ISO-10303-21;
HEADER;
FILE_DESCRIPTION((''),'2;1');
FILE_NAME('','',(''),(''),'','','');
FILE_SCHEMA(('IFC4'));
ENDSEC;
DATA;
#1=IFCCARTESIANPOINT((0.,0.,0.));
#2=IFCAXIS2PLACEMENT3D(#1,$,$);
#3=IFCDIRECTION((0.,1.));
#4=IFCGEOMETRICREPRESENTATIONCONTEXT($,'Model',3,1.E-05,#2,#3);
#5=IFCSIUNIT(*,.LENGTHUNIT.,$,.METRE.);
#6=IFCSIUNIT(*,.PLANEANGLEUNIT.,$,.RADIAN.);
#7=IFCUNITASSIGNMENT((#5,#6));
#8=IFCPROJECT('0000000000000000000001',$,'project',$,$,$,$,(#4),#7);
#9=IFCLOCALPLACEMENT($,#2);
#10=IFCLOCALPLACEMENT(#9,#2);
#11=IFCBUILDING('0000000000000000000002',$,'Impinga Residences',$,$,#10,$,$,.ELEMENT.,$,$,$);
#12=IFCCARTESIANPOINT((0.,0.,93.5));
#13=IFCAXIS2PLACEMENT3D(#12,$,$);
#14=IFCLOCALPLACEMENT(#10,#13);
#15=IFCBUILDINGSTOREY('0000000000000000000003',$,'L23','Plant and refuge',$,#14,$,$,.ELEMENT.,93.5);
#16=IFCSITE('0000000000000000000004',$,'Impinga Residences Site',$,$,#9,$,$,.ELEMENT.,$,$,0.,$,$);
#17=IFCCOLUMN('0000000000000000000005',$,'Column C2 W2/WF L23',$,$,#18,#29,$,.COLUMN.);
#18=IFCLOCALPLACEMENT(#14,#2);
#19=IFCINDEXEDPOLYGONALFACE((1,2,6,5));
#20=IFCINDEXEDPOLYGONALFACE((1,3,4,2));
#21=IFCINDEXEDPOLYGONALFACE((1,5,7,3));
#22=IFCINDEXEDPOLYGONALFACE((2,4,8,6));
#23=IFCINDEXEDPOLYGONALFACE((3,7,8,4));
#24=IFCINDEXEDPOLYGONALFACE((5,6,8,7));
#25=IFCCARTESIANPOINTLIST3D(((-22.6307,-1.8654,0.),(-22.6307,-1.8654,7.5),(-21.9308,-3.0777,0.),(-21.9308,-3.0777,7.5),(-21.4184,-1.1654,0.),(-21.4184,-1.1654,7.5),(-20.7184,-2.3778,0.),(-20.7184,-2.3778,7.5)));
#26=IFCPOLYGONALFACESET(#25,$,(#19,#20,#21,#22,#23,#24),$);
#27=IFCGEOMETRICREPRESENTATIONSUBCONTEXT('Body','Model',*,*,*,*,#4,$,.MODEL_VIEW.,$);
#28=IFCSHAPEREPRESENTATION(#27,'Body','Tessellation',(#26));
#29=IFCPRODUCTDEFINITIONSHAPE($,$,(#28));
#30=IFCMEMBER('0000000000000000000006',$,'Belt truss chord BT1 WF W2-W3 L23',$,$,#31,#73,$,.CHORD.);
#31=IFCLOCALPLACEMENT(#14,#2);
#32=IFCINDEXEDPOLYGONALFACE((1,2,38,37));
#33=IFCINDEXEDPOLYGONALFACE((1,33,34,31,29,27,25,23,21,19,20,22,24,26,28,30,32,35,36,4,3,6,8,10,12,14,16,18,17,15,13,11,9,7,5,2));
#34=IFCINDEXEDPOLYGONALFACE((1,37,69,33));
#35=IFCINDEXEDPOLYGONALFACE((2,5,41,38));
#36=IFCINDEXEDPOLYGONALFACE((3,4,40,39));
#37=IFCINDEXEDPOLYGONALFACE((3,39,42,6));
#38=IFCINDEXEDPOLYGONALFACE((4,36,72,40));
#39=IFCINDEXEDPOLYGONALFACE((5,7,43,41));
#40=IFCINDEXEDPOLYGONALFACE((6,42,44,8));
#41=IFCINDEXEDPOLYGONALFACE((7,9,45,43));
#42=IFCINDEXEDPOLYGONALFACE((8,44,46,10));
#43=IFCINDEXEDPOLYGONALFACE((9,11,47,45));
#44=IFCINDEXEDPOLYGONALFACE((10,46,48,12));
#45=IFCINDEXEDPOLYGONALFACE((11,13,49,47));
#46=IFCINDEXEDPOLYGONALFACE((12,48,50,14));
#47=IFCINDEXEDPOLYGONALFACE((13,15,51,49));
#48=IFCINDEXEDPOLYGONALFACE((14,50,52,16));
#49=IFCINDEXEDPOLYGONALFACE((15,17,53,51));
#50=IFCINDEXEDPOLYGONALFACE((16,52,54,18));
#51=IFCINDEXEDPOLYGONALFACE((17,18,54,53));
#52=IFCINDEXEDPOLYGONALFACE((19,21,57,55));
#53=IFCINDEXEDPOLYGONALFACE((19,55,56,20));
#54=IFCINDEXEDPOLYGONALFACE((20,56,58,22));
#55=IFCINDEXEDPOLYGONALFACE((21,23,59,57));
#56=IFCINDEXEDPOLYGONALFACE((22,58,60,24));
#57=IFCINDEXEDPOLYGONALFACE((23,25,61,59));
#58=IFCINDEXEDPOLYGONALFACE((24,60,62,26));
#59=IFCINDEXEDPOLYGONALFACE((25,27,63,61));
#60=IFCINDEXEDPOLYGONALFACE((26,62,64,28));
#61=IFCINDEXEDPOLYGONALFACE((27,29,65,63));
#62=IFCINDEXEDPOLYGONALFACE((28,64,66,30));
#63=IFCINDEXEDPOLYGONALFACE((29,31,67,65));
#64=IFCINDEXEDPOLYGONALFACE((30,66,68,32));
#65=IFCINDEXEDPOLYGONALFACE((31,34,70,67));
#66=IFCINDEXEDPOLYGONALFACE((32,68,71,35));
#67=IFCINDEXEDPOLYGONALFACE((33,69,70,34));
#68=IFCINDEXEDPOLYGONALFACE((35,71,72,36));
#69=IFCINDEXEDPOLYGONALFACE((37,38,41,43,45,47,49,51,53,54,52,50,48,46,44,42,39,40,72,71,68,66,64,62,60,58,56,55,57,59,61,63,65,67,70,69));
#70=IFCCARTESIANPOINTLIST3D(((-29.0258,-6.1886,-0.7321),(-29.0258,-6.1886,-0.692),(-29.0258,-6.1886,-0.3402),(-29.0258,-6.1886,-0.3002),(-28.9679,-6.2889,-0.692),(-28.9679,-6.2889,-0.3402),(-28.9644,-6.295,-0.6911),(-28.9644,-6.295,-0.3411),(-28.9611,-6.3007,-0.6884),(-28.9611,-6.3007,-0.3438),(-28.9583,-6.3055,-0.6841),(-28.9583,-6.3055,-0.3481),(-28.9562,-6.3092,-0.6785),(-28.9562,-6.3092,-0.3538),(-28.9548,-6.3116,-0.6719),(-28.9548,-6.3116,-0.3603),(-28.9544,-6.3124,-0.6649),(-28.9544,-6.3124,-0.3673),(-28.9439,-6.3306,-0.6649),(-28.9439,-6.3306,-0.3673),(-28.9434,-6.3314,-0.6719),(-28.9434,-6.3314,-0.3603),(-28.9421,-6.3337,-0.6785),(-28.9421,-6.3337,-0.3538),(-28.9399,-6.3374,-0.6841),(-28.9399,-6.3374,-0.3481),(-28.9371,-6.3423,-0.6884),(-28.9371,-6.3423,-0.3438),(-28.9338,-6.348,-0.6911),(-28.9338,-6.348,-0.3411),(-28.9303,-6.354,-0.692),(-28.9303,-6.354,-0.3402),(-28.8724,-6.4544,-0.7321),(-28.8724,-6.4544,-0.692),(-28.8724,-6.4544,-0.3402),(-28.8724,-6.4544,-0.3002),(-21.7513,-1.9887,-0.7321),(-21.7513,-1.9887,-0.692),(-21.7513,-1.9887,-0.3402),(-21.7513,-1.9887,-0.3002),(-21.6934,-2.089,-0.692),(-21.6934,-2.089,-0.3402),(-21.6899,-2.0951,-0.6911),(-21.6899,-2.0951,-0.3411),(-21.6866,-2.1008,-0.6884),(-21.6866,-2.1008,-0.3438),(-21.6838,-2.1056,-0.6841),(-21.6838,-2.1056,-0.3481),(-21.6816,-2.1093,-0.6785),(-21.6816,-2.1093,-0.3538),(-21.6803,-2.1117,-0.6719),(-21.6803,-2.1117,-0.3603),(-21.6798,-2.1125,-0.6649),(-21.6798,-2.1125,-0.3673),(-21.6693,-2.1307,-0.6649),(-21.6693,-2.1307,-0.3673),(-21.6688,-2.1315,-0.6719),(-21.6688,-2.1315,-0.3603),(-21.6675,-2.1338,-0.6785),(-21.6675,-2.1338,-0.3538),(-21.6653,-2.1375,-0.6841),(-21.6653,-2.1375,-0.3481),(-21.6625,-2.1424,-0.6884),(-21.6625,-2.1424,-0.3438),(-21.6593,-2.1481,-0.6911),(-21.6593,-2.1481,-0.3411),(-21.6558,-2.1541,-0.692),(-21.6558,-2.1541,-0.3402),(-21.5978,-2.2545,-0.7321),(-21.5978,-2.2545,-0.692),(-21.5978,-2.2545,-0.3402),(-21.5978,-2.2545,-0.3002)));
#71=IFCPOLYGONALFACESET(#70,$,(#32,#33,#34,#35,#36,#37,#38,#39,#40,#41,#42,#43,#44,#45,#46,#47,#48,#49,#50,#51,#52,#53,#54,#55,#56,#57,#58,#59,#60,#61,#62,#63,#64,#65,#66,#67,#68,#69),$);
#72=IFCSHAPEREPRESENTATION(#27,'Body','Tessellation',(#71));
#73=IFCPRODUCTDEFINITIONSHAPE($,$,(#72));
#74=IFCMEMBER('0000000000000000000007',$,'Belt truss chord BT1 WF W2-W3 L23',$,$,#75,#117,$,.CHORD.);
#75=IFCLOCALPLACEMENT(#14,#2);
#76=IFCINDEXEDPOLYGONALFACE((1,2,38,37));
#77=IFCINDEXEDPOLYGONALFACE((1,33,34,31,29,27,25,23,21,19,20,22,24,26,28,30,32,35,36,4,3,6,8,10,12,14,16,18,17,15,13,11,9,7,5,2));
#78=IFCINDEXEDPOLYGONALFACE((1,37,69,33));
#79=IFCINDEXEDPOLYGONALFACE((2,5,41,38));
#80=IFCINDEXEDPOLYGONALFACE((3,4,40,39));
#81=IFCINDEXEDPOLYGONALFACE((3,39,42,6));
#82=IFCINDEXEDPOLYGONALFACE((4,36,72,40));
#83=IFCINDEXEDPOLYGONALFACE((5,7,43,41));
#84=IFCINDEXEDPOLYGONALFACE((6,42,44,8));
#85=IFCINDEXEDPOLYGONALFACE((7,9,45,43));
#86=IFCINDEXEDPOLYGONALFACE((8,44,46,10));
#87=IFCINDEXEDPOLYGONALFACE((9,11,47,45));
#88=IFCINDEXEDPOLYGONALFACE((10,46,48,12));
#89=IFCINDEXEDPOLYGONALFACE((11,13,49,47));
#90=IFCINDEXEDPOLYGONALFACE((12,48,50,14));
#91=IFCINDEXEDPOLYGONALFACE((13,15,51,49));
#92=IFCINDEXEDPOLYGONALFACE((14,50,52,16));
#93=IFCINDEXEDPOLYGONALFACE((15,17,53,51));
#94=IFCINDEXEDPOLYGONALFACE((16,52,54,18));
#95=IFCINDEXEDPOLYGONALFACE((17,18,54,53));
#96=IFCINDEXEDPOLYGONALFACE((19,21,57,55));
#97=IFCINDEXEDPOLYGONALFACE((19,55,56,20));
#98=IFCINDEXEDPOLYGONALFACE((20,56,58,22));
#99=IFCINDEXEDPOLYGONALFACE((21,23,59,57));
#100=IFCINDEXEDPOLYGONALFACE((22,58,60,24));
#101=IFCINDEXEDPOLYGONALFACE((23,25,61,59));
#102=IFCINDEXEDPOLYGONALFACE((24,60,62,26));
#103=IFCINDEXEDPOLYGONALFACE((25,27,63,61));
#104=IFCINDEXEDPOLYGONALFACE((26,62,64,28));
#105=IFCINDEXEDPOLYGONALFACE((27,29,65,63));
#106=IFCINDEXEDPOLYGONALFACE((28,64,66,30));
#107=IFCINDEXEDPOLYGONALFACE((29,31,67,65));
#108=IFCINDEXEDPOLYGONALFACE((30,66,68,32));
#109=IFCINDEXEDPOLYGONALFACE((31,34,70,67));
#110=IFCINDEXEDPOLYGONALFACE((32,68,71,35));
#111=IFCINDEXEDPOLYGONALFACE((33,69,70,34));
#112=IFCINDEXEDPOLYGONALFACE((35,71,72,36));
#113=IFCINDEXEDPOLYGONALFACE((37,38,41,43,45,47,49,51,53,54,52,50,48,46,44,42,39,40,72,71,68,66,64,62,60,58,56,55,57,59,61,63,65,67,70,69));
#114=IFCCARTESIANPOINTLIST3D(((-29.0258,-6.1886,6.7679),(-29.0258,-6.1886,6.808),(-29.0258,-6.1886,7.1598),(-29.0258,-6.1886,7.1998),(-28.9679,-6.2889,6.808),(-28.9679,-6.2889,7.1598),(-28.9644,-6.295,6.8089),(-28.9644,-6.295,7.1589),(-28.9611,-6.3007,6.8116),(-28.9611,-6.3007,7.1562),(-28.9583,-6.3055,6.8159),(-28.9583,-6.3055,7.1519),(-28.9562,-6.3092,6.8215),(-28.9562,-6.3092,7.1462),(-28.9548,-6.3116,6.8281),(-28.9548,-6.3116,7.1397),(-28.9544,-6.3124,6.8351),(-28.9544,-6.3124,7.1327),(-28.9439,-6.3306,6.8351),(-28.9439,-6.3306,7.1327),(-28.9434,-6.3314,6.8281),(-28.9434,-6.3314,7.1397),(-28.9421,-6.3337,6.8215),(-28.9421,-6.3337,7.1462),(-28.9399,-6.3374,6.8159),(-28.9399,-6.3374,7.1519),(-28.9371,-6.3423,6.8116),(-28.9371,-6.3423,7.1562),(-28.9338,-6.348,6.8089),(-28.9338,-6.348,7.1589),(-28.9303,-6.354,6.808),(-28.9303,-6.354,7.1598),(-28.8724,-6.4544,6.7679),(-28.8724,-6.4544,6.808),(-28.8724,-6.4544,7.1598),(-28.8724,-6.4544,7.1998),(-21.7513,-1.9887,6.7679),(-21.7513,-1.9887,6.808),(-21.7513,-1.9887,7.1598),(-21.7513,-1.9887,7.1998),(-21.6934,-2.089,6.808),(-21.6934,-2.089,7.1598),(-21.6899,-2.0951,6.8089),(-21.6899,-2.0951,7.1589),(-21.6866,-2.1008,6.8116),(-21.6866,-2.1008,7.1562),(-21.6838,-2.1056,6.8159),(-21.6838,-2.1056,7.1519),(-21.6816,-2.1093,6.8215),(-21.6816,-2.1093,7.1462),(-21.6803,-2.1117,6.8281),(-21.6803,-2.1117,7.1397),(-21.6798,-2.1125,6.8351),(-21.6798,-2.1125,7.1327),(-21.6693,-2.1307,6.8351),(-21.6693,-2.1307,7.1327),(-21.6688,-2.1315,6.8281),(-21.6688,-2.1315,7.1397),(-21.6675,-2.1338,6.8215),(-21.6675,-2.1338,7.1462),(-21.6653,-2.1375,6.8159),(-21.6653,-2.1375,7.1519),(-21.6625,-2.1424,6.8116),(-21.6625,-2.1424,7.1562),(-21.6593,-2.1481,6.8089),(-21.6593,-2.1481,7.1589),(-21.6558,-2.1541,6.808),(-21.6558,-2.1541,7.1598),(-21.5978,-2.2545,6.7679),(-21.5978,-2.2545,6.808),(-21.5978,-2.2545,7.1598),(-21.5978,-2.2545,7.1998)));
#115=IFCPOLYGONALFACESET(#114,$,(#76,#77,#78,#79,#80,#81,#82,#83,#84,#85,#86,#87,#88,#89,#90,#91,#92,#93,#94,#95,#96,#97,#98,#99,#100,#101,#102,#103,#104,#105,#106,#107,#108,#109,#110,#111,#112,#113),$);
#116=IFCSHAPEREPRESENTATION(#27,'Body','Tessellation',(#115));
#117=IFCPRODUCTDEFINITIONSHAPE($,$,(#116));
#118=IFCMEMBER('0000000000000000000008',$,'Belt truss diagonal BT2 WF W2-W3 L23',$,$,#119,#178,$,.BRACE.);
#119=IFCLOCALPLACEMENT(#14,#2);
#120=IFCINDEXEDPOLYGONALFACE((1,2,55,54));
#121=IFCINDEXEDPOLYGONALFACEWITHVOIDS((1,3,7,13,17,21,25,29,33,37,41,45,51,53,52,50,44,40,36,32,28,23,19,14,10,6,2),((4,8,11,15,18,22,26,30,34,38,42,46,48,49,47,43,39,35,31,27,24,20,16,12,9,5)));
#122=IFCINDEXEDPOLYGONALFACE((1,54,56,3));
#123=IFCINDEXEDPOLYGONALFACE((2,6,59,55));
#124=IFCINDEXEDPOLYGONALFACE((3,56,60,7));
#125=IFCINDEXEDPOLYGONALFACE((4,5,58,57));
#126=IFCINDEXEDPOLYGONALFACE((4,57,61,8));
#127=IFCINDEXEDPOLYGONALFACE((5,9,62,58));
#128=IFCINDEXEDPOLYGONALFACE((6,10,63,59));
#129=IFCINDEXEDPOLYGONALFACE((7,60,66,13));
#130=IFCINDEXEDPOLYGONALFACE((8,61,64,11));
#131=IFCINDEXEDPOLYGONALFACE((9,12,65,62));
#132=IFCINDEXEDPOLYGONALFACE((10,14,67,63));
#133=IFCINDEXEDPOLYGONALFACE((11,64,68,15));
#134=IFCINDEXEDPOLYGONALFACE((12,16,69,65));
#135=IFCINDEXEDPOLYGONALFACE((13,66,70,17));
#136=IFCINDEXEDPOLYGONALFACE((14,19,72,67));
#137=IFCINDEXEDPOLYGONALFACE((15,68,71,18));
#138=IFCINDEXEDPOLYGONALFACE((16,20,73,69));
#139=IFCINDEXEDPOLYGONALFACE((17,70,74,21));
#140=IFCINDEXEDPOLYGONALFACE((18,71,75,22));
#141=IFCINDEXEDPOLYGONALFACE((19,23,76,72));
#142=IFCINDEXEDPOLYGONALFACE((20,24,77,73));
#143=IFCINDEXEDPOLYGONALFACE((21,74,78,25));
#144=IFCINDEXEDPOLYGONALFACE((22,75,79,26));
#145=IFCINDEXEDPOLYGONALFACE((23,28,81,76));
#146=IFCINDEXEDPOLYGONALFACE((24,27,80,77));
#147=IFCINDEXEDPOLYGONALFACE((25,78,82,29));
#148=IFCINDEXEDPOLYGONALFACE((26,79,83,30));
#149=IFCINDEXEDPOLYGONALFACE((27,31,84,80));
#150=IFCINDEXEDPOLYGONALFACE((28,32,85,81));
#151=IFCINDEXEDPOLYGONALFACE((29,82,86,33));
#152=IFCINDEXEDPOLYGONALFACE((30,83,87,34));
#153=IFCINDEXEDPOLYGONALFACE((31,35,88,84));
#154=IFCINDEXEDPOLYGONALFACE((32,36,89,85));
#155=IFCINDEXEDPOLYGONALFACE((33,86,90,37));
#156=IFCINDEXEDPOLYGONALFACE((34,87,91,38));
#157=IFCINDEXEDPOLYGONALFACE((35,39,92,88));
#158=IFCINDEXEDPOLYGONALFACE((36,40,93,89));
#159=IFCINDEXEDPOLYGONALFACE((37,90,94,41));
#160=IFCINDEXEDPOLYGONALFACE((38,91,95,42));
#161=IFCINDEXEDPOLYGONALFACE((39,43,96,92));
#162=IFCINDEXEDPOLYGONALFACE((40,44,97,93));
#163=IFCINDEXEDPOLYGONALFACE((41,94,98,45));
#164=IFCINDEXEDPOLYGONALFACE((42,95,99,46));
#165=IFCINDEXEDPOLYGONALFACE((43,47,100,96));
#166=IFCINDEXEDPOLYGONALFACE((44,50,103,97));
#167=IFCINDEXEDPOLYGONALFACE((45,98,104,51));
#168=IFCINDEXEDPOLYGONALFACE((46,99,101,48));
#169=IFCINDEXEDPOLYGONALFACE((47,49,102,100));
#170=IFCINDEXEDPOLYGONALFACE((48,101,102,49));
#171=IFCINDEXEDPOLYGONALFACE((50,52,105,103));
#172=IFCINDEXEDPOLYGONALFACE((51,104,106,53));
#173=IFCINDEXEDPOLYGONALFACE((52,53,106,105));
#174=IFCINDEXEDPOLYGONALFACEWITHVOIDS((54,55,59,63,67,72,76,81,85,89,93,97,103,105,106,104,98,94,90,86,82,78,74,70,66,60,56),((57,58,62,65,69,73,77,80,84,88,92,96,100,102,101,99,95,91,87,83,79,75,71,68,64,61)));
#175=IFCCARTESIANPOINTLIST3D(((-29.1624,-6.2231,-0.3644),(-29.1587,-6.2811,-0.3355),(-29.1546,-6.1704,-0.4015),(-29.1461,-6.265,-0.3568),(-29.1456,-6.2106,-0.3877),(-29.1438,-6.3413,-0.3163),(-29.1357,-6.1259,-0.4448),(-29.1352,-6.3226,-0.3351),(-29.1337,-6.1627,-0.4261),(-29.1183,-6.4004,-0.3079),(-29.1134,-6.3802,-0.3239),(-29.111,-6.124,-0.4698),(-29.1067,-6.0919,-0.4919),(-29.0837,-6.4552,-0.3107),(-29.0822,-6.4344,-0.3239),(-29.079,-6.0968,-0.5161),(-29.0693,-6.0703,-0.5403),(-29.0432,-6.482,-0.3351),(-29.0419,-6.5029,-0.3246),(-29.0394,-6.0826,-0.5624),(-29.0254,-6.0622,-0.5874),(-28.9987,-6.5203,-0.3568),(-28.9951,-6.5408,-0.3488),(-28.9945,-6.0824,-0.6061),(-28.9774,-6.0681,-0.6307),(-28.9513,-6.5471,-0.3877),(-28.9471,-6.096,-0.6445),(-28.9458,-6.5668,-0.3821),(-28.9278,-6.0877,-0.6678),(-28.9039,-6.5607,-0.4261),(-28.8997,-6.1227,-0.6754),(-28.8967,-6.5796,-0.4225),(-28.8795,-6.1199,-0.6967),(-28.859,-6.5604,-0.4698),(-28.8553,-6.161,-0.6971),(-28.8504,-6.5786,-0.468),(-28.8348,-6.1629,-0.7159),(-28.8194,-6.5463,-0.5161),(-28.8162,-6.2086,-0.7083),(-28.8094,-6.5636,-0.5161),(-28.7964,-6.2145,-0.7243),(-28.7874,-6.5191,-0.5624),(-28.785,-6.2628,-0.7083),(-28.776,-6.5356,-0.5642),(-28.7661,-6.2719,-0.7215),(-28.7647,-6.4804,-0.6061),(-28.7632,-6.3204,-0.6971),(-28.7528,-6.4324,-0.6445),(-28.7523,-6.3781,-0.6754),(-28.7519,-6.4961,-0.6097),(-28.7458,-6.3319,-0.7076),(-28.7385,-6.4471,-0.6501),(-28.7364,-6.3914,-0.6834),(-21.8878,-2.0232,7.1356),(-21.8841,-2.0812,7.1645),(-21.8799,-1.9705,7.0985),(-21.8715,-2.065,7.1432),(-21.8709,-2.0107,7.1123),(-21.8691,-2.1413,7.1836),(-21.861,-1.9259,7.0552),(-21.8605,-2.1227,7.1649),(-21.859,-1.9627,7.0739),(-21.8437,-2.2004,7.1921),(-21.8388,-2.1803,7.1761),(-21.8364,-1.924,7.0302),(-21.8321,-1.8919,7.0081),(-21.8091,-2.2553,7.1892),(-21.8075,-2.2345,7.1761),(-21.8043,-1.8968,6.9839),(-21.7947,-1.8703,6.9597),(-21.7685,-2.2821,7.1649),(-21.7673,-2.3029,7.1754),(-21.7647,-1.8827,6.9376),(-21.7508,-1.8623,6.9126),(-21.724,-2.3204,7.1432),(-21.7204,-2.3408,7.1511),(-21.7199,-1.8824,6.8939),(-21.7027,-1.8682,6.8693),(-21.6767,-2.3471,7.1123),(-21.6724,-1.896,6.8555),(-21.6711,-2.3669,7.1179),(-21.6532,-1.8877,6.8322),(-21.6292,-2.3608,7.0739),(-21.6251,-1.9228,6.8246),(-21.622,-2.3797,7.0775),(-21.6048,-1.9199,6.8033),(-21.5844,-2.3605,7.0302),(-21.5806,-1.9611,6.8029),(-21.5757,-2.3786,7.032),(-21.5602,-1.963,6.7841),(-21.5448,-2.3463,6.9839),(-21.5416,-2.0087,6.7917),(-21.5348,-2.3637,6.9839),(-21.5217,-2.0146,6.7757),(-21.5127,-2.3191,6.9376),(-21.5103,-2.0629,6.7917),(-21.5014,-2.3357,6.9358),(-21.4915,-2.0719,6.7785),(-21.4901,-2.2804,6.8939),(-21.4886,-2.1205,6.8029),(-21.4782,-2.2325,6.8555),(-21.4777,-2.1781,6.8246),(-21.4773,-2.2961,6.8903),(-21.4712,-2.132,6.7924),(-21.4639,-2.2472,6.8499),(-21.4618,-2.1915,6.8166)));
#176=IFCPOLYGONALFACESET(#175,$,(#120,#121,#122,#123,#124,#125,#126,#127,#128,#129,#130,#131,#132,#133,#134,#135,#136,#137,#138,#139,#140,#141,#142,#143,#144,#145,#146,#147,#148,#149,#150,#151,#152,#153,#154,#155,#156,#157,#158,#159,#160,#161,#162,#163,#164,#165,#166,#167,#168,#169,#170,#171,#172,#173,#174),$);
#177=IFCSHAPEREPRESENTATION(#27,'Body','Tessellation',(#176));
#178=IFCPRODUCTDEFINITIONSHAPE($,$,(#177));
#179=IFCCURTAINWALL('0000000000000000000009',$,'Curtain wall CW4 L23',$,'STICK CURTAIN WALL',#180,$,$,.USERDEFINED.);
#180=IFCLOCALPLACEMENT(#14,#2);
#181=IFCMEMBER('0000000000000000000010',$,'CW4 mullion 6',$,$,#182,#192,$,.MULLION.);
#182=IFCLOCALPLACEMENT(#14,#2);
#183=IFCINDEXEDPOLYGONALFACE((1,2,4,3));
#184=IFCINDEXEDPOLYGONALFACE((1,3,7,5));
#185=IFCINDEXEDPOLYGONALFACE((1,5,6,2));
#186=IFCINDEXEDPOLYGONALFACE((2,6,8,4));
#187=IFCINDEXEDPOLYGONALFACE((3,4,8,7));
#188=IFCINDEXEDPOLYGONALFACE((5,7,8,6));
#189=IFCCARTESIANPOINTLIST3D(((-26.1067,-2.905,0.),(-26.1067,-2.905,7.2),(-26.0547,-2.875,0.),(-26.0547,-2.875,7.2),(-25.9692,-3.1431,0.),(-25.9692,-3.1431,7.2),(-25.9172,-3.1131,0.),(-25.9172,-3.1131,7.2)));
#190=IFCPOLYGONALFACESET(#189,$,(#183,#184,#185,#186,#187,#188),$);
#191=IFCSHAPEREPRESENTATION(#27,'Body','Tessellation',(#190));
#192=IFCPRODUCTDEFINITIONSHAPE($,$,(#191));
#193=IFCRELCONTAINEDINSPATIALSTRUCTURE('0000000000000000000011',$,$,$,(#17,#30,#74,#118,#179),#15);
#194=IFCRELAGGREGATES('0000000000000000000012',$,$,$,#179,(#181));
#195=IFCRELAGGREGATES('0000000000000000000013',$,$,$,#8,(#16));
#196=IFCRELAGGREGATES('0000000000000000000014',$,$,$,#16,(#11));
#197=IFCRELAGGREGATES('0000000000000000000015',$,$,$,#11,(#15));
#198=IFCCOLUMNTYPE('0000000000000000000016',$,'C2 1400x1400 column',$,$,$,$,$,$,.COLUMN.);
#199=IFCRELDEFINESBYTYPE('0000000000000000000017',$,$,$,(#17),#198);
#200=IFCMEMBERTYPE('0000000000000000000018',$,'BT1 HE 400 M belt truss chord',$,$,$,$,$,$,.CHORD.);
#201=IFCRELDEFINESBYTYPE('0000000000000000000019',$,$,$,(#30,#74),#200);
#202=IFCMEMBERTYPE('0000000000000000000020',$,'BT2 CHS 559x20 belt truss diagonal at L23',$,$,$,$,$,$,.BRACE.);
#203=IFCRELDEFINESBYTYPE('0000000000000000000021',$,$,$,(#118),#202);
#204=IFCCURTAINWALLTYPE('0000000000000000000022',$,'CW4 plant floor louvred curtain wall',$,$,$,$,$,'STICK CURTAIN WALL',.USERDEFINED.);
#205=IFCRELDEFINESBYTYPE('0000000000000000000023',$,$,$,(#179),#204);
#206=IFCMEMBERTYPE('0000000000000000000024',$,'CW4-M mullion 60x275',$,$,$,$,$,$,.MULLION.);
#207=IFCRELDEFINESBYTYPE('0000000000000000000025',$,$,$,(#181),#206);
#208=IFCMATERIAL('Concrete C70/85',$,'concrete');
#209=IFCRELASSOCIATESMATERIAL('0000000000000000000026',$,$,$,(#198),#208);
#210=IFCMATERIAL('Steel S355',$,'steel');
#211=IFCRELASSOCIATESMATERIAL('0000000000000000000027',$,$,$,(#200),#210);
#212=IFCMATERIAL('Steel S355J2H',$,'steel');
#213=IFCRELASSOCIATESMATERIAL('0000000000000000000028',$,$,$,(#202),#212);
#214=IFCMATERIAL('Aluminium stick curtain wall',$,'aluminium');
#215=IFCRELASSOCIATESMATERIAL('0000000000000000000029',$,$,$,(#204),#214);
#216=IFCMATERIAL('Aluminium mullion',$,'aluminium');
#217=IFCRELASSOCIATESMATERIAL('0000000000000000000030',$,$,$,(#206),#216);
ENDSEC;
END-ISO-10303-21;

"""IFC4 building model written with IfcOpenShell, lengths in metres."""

from ifc_helpers import new_model, si_unit, direction, frame, origin, origin_2d, place, context, subcontext, project, spatial, rectangle, hollow_circle, i_section, extrude, material, material_profile, profile_set, type_object, element, aggregate, save


model = new_model("IFC4")

# Units and contexts
model_context = context("Model", 3, precision=1e-05, world=origin(), true_north=direction((0.0, 1.0)))
body_context = subcontext(model_context, "Body", "Model", "MODEL_VIEW")
ifc_project = project(units=[si_unit("LENGTHUNIT", "METRE"), si_unit("PLANEANGLEUNIT", "RADIAN")], contexts=[model_context])

# Site, building, storey
site_placement = place(None, origin())
site = spatial("IfcSite", under=ifc_project, at=site_placement, Name="Impinga Residences Site", CompositionType="ELEMENT", RefElevation=0.0)
building_placement = place(site_placement, origin())
building = spatial("IfcBuilding", under=site, at=building_placement, Name="Impinga Residences", CompositionType="ELEMENT")
storey_placement = place(building_placement, frame((0.0, 0.0, 93.5)))
storey = spatial("IfcBuildingStorey", under=building, at=storey_placement, Name="L23", Description="Plant and refuge", CompositionType="ELEMENT", Elevation=93.5)

# Column
ifc_material_1 = material(Name="Concrete C70/85", Category="concrete")
ifc_material_profile_1 = material_profile(ifc_material_1, rectangle(XDim=1.3999, YDim=1.3999, at=origin_2d()), Name="RC 1400x1400")
ifc_profile_set_1 = profile_set([ifc_material_profile_1], Name="Concrete C70/85")
column_type = type_object("IfcColumnType", Name="C2 1400x1400 column", PredefinedType="COLUMN", material=ifc_profile_set_1)
column_placement = place(storey_placement, frame((-21.6746, -2.1216, 0.0), z_axis=(0.0, 0.0, 1.0), x_axis=(-0.5, 0.866025, 0.0)))
element("IfcColumn", 1, at=column_placement, inside=storey, type_object=column_type, Name="Column C2 W2/WF L23", PredefinedType="COLUMN", context=body_context, shape_type="SweptSolid", body=[
    extrude(rectangle(XDim=1.3999, YDim=1.3999, at=origin_2d()), origin(), (0.0, 0.0, 1.0), 7.5),
])

# Members
ifc_material_2 = material(Name="Steel S355", Category="steel")
ifc_material_profile_2 = material_profile(ifc_material_2, i_section(OverallWidth=0.3069, OverallDepth=0.4319, WebThickness=0.021, FlangeThickness=0.04, FilletRadius=0.0271, at=origin_2d()), Name="HE 400 M")
ifc_profile_set_2 = profile_set([ifc_material_profile_2], Name="Steel S355")
member_type_1 = type_object("IfcMemberType", Name="BT1 HE 400 M belt truss chord", PredefinedType="CHORD", material=ifc_profile_set_2)
for number, where, z_axis, x_axis, name in (
    (2, (-21.6746, -2.1216, -0.5161), (-0.866029, -0.499993, 0.0), (0.499993, -0.866029, 0.0), "Belt truss chord BT1 WF W2-W3 L23"),
    (3, (-21.6746, -2.1216, 6.9839), (-0.866029, -0.499993, 0.0), (0.499993, -0.866029, 0.0), "Belt truss chord BT1 WF W2-W3 L23"),
):
    element("IfcMember", number, at=place(storey_placement, frame(where, z_axis=z_axis, x_axis=x_axis)), inside=storey, type_object=member_type_1, Name=name, PredefinedType="CHORD", context=body_context, shape_type="SweptSolid", body=[
        extrude(i_section(OverallWidth=0.3069, OverallDepth=0.4319, WebThickness=0.021, FlangeThickness=0.04, FilletRadius=0.0271, at=origin_2d()), origin(), (0.0, 0.0, 1.0), 8.3999),
    ])
ifc_material_3 = material(Name="Steel S355J2H", Category="steel")
ifc_material_profile_3 = material_profile(ifc_material_3, hollow_circle(Radius=0.2795, WallThickness=0.02, at=origin_2d()), Name="CHS 559x20")
ifc_profile_set_3 = profile_set([ifc_material_profile_3], Name="Steel S355J2H")
member_type_2 = type_object("IfcMemberType", Name="BT2 CHS 559x20 belt truss diagonal at L23", PredefinedType="BRACE", material=ifc_profile_set_3)
member_1_placement = place(storey_placement, frame((-21.6746, -2.1216, 6.9839), z_axis=(-0.646004, -0.372964, -0.666015), x_axis=(0.499993, -0.866029, 0.0)))
element("IfcMember", 4, at=member_1_placement, inside=storey, type_object=member_type_2, Name="Belt truss diagonal BT2 WF W2-W3 L23", PredefinedType="BRACE", context=body_context, shape_type="SweptSolid", body=[
    extrude(hollow_circle(Radius=0.2795, WallThickness=0.02, at=origin_2d()), origin(), (0.0, 0.0, 1.0), 11.261),
])

# Curtain wall, member
ifc_material_4 = material(Name="Aluminium stick curtain wall", Category="aluminium")
curtain_wall_type = type_object("IfcCurtainWallType", Name="CW4 plant floor louvred curtain wall", ElementType="STICK CURTAIN WALL", PredefinedType="USERDEFINED", material=ifc_material_4)
curtain_wall_placement = place(storey_placement, origin())
curtain_wall = element("IfcCurtainWall", 5, at=curtain_wall_placement, inside=storey, type_object=curtain_wall_type, Name="Curtain wall CW4 L23", ObjectType="STICK CURTAIN WALL", PredefinedType="USERDEFINED")
ifc_material_5 = material(Name="Aluminium mullion", Category="aluminium")
ifc_material_profile_4 = material_profile(ifc_material_5, rectangle(XDim=0.0601, YDim=0.2749, at=origin_2d()), Name="60x275 mullion")
ifc_profile_set_4 = profile_set([ifc_material_profile_4], Name="Aluminium mullion")
member_type_3 = type_object("IfcMemberType", Name="CW4-M mullion 60x275", PredefinedType="MULLION", material=ifc_profile_set_4)
member_2_placement = place(storey_placement, frame((-26.012, -3.009, 0.0), z_axis=(0.0, 0.0, 1.0), x_axis=(0.866025, 0.5, 0.0)))
member_2 = element("IfcMember", 6, at=member_2_placement, type_object=member_type_3, Name="CW4 mullion 6", PredefinedType="MULLION", context=body_context, shape_type="SweptSolid", body=[
    extrude(rectangle(XDim=0.0601, YDim=0.2749, at=origin_2d()), origin(), (0.0, 0.0, 1.0), 7.2),
])
aggregate(curtain_wall, [member_2])

save(model, "model.ifc")
